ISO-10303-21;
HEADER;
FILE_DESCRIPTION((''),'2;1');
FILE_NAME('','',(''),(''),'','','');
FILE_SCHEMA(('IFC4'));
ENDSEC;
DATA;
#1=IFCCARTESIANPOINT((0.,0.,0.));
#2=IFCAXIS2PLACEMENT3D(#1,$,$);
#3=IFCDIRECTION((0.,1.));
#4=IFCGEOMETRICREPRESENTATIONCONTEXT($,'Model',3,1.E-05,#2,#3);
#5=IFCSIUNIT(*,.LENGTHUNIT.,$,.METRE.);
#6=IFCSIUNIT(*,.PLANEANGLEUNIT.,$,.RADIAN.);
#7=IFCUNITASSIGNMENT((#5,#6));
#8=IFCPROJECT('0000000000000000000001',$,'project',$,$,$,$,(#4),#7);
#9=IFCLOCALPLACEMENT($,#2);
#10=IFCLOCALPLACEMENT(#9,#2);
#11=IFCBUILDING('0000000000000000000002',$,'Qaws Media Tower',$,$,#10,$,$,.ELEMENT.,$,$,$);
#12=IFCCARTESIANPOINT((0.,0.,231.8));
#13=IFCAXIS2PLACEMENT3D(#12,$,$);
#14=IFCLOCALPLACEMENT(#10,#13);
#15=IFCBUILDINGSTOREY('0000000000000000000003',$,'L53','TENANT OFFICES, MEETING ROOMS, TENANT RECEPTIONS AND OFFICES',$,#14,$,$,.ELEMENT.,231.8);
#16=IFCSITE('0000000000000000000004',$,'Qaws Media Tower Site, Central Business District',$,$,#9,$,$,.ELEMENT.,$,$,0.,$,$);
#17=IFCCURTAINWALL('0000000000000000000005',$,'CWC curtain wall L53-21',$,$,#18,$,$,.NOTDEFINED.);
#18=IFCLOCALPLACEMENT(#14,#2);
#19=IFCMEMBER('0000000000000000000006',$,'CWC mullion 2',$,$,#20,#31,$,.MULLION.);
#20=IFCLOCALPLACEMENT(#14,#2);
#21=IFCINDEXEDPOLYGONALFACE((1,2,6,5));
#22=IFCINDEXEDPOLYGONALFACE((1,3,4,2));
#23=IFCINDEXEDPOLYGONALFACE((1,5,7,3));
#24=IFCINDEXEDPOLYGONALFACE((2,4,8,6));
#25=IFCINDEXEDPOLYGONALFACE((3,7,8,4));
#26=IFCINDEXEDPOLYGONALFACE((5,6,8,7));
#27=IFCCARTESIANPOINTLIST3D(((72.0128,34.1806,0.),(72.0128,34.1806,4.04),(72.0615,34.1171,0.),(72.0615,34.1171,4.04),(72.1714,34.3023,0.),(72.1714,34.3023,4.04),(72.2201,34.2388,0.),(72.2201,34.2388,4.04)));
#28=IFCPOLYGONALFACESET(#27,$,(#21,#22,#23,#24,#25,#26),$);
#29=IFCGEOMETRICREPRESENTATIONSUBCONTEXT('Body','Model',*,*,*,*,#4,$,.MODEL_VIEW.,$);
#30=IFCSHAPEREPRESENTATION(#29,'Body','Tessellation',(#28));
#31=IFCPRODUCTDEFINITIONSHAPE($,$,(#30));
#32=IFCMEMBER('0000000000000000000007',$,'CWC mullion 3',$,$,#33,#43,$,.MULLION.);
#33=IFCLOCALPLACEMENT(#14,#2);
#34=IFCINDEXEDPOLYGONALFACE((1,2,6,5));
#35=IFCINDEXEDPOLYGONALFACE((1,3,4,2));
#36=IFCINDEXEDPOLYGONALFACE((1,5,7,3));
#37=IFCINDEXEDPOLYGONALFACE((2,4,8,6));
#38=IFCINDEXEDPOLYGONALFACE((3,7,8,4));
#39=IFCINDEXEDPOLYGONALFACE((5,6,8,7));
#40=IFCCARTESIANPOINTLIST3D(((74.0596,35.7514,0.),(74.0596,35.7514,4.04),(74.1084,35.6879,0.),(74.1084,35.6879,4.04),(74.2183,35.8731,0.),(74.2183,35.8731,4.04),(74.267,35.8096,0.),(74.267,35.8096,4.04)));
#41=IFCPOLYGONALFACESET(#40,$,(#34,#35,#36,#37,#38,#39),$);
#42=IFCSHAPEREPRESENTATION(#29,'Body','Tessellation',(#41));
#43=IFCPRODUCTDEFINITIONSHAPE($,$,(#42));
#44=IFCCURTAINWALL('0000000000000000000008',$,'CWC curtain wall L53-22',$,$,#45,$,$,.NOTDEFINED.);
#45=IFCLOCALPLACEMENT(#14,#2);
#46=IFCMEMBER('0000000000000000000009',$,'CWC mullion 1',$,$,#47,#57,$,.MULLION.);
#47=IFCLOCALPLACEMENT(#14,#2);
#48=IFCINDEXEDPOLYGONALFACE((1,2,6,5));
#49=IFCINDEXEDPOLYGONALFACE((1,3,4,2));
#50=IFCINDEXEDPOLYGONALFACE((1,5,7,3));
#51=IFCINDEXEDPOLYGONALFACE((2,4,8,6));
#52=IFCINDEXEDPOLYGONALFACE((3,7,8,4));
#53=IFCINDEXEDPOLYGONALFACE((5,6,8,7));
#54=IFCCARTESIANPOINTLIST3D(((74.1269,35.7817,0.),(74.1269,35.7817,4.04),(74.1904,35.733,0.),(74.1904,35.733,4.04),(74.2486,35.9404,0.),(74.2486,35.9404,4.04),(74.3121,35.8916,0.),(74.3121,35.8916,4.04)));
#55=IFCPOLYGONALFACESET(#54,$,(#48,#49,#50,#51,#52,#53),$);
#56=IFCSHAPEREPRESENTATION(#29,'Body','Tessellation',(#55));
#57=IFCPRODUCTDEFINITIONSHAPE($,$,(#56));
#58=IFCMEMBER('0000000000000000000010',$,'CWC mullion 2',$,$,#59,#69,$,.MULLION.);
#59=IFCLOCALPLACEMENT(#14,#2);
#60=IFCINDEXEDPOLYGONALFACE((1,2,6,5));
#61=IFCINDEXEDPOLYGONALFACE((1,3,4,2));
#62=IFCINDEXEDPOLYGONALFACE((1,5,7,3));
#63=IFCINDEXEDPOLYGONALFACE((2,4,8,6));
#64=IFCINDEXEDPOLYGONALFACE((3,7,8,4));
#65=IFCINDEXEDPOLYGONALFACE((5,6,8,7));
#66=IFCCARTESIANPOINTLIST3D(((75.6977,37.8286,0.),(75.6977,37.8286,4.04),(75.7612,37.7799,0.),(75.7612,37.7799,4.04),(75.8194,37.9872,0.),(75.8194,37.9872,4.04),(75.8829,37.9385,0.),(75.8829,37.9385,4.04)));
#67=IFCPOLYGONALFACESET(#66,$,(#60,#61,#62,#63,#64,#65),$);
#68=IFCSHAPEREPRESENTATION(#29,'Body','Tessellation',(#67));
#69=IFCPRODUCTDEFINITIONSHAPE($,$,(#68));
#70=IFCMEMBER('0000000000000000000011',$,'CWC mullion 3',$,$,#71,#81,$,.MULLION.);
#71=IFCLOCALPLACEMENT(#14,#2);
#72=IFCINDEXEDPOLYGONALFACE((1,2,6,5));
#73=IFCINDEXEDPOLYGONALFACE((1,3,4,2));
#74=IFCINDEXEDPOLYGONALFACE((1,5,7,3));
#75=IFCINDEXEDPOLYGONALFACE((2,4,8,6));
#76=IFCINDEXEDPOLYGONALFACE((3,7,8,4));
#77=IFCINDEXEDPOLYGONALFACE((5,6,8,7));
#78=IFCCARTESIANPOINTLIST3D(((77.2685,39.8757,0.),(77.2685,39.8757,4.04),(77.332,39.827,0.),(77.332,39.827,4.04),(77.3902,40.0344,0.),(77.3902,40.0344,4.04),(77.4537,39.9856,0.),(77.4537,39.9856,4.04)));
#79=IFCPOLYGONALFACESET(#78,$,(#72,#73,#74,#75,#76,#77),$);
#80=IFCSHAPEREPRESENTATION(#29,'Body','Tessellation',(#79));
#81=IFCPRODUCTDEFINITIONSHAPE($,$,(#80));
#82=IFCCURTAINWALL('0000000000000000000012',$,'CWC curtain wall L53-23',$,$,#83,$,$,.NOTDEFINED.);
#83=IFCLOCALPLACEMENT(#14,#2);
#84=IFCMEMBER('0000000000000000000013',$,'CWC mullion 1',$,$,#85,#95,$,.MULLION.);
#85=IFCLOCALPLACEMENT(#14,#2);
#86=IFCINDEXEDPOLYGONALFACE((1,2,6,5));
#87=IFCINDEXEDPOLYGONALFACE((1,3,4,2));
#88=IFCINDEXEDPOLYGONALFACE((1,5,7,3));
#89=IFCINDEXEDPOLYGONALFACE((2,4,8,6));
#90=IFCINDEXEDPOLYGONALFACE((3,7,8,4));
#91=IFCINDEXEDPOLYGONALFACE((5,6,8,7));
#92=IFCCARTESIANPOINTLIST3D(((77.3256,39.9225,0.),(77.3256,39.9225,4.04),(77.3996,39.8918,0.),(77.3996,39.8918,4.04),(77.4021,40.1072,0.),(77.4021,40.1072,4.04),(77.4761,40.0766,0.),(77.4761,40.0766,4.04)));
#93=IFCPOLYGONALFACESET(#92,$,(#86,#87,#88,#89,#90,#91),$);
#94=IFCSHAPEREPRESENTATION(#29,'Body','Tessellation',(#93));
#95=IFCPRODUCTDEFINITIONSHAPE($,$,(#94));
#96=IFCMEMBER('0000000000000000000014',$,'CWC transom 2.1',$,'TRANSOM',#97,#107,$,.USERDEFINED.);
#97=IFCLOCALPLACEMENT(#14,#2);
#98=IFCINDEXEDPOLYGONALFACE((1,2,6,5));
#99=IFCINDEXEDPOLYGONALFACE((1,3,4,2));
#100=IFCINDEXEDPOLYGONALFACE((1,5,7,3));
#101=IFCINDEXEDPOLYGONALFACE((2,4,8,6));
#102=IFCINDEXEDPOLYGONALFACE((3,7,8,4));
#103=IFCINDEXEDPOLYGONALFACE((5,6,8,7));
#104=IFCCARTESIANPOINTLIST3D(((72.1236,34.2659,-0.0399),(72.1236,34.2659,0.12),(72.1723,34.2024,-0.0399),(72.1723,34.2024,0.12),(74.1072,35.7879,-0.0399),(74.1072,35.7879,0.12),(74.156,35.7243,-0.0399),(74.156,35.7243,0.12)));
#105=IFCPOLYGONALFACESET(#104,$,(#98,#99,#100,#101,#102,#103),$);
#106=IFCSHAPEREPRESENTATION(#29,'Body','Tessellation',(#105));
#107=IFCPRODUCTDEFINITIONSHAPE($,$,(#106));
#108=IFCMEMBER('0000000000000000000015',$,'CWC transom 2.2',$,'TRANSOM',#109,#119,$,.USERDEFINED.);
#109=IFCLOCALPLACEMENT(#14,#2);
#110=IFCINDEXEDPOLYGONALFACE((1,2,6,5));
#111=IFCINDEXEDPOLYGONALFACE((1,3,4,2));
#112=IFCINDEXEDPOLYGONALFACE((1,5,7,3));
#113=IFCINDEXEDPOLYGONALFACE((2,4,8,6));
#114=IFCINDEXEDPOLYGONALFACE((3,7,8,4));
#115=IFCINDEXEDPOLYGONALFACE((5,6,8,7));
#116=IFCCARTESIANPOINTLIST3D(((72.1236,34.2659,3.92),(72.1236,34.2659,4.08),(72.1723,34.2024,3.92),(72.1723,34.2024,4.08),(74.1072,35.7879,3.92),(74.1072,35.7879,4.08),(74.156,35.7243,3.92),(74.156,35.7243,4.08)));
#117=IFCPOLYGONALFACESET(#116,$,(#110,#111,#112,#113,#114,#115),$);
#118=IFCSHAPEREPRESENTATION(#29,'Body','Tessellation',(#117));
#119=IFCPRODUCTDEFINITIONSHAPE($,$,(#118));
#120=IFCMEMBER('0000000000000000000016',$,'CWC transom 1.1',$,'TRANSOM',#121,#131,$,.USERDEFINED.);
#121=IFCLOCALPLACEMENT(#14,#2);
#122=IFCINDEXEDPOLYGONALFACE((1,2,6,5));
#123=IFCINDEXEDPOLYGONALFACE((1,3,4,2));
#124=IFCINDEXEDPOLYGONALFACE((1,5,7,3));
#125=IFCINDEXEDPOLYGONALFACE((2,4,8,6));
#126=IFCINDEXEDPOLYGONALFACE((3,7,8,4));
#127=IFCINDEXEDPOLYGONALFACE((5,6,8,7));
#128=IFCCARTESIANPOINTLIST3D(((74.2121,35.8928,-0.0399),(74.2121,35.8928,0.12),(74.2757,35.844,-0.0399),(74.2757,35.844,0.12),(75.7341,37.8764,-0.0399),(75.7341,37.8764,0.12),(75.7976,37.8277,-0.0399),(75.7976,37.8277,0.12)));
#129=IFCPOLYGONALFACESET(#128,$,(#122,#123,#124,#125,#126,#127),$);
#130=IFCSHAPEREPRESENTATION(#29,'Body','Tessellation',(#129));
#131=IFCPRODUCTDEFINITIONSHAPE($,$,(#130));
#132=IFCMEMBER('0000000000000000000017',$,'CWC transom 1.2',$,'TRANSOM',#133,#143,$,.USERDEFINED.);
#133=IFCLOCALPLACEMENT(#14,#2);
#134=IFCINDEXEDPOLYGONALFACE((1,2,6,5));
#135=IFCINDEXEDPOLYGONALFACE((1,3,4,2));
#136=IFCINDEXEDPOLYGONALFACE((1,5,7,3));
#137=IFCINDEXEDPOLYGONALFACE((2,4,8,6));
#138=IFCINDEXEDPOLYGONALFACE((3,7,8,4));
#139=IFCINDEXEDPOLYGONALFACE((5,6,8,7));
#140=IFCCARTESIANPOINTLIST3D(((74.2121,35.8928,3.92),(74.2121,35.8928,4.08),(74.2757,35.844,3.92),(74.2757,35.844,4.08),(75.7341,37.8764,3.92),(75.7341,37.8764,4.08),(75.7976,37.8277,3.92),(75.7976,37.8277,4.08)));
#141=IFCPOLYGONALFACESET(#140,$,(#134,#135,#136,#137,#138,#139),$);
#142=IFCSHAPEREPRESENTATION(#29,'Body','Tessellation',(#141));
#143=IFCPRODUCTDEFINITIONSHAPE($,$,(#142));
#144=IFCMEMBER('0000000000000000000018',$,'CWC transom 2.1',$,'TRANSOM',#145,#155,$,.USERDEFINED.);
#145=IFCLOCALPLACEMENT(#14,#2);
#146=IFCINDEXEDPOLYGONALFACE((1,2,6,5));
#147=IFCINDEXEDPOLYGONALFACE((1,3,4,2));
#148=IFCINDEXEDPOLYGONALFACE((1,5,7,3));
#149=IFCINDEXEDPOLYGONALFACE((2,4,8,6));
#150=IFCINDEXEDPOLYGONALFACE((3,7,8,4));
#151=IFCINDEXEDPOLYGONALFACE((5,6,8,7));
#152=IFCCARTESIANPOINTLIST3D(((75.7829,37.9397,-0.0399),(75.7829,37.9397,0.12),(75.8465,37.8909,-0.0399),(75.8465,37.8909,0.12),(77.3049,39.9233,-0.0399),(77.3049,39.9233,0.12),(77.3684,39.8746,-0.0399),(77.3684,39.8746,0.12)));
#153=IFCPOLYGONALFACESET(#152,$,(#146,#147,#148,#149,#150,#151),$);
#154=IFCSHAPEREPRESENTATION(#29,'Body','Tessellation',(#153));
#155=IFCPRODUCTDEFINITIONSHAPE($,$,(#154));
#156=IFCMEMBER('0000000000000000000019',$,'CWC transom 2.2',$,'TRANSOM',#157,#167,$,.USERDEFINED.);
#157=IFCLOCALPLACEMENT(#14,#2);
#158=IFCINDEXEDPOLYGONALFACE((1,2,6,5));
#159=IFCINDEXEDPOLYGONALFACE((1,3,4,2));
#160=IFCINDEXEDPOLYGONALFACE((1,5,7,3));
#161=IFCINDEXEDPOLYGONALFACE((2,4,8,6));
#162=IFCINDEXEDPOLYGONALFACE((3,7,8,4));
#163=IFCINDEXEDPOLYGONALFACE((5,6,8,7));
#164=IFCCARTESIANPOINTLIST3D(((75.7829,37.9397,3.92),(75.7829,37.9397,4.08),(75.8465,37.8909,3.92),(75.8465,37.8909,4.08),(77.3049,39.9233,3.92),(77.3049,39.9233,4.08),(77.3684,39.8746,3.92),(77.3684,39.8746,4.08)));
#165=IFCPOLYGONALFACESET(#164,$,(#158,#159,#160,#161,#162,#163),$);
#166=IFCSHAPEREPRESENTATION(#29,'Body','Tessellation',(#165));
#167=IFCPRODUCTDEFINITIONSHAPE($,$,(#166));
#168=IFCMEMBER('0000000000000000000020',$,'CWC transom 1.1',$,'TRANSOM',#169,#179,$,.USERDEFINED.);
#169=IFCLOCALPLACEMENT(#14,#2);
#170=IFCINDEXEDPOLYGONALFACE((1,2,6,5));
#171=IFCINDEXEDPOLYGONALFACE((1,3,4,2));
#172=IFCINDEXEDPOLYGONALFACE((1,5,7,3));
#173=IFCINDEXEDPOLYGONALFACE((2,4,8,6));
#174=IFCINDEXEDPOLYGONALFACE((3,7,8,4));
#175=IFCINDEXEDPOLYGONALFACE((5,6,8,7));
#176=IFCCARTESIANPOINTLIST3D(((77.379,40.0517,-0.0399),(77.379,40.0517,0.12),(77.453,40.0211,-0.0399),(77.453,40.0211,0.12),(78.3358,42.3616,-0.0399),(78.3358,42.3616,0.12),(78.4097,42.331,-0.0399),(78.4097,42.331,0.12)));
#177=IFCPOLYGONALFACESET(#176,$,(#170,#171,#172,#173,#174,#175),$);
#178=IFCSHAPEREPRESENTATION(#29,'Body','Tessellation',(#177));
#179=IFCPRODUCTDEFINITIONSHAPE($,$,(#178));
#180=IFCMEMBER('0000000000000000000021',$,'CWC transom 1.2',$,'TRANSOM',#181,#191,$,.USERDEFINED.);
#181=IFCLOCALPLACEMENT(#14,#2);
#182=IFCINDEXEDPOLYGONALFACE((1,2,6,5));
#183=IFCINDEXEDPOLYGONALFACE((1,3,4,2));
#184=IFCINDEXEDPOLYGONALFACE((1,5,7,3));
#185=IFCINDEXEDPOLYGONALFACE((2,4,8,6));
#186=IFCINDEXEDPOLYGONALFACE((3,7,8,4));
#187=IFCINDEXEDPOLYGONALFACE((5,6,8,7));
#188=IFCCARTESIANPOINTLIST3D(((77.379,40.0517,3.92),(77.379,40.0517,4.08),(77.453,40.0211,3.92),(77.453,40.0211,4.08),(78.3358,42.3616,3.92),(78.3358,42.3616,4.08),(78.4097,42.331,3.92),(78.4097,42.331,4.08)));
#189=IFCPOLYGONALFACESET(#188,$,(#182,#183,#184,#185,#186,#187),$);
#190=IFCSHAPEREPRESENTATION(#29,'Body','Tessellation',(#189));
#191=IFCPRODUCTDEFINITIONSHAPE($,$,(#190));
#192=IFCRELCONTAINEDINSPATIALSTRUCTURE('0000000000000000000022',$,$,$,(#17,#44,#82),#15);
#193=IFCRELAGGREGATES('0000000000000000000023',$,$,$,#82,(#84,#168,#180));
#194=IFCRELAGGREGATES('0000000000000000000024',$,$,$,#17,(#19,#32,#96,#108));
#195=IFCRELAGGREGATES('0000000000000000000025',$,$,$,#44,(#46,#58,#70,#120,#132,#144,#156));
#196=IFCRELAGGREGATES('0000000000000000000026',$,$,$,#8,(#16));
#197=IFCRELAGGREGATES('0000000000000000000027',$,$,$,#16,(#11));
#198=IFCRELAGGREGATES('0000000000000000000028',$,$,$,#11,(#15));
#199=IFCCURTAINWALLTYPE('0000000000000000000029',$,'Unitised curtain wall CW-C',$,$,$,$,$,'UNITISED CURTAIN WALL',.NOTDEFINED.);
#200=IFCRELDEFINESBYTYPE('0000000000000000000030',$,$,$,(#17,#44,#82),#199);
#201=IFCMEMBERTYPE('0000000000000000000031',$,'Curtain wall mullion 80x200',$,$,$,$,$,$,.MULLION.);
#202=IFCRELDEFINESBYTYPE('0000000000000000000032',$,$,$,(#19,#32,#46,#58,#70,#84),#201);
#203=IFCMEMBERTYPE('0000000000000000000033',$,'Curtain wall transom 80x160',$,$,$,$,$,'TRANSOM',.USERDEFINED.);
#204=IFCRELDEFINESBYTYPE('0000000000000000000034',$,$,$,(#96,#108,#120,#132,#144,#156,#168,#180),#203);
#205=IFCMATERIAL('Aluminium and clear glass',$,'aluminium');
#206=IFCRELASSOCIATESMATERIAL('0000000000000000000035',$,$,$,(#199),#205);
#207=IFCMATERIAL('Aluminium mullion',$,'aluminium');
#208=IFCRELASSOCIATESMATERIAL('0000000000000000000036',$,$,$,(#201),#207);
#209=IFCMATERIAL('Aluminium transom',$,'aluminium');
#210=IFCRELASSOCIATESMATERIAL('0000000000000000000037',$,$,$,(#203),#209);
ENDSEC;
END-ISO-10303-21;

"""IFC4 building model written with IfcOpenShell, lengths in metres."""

from ifc_helpers import new_model, si_unit, direction, frame, origin, origin_2d, place, context, subcontext, project, spatial, rectangle, extrude, material, material_profile, profile_set, type_object, element, aggregate, save


model = new_model("IFC4")

# Units and contexts
model_context = context("Model", 3, precision=1e-05, world=origin(), true_north=direction((0.0, 1.0)))
body_context = subcontext(model_context, "Body", "Model", "MODEL_VIEW")
ifc_project = project(units=[si_unit("LENGTHUNIT", "METRE"), si_unit("PLANEANGLEUNIT", "RADIAN")], contexts=[model_context])

# Site, building, storey
site_placement = place(None, origin())
site = spatial("IfcSite", under=ifc_project, at=site_placement, Name="Qaws Media Tower Site, Central Business District", CompositionType="ELEMENT", RefElevation=0.0)
building_placement = place(site_placement, origin())
building = spatial("IfcBuilding", under=site, at=building_placement, Name="Qaws Media Tower", CompositionType="ELEMENT")
storey_placement = place(building_placement, frame((0.0, 0.0, 231.8)))
storey = spatial("IfcBuildingStorey", under=building, at=storey_placement, Name="L53", Description="TENANT OFFICES, MEETING ROOMS, TENANT RECEPTIONS AND OFFICES", CompositionType="ELEMENT", Elevation=231.8)

# Curtain walls, members
ifc_material_1 = material(Name="Aluminium and clear glass", Category="aluminium")
curtain_wall_type = type_object("IfcCurtainWallType", Name="Unitised curtain wall CW-C", ElementType="UNITISED CURTAIN WALL", PredefinedType="NOTDEFINED", material=ifc_material_1)
curtain_wall_1_placement = place(storey_placement, origin())
curtain_wall_1 = element("IfcCurtainWall", 1, at=curtain_wall_1_placement, inside=storey, type_object=curtain_wall_type, Name="CWC curtain wall L53-21", PredefinedType="NOTDEFINED")
ifc_material_2 = material(Name="Aluminium mullion", Category="aluminium")
ifc_material_profile_1 = material_profile(ifc_material_2, rectangle(XDim=0.0801, YDim=0.2, at=origin_2d()), Name="80x200")
ifc_profile_set_1 = profile_set([ifc_material_profile_1], Name="Aluminium mullion")
member_type_1 = type_object("IfcMemberType", Name="Curtain wall mullion 80x200", PredefinedType="MULLION", material=ifc_profile_set_1)
member_1_placement = place(storey_placement, frame((72.1165, 34.2097, 0.0), z_axis=(0.0, 0.0, 1.0), x_axis=(-0.608761, 0.793353, 0.0)))
member_1 = element("IfcMember", 2, at=member_1_placement, type_object=member_type_1, Name="CWC mullion 2", PredefinedType="MULLION", context=body_context, shape_type="SweptSolid", body=[
    extrude(rectangle(XDim=0.0801, YDim=0.2, at=origin_2d()), origin(), (0.0, 0.0, 1.0), 4.04),
])
member_2_placement = place(storey_placement, frame((74.1633, 35.7805, 0.0), z_axis=(0.0, 0.0, 1.0), x_axis=(-0.608761, 0.793353, 0.0)))
member_2 = element("IfcMember", 3, at=member_2_placement, type_object=member_type_1, Name="CWC mullion 3", PredefinedType="MULLION", context=body_context, shape_type="SweptSolid", body=[
    extrude(rectangle(XDim=0.0801, YDim=0.2, at=origin_2d()), origin(), (0.0, 0.0, 1.0), 4.04),
])
curtain_wall_2_placement = place(storey_placement, origin())
curtain_wall_2 = element("IfcCurtainWall", 4, at=curtain_wall_2_placement, inside=storey, type_object=curtain_wall_type, Name="CWC curtain wall L53-22", PredefinedType="NOTDEFINED")
member_3_placement = place(storey_placement, frame((74.2195, 35.8367, 0.0), z_axis=(0.0, 0.0, 1.0), x_axis=(-0.793353, 0.608761, 0.0)))
member_3 = element("IfcMember", 5, at=member_3_placement, type_object=member_type_1, Name="CWC mullion 1", PredefinedType="MULLION", context=body_context, shape_type="SweptSolid", body=[
    extrude(rectangle(XDim=0.0801, YDim=0.2, at=origin_2d()), origin(), (0.0, 0.0, 1.0), 4.04),
])
member_4_placement = place(storey_placement, frame((75.7903, 37.8835, 0.0), z_axis=(0.0, 0.0, 1.0), x_axis=(-0.793353, 0.608761, 0.0)))
member_4 = element("IfcMember", 6, at=member_4_placement, type_object=member_type_1, Name="CWC mullion 2", PredefinedType="MULLION", context=body_context, shape_type="SweptSolid", body=[
    extrude(rectangle(XDim=0.0801, YDim=0.2, at=origin_2d()), origin(), (0.0, 0.0, 1.0), 4.04),
])
member_5_placement = place(storey_placement, frame((77.3611, 39.9307, 0.0), z_axis=(0.0, 0.0, 1.0), x_axis=(-0.793353, 0.608761, 0.0)))
member_5 = element("IfcMember", 7, at=member_5_placement, type_object=member_type_1, Name="CWC mullion 3", PredefinedType="MULLION", context=body_context, shape_type="SweptSolid", body=[
    extrude(rectangle(XDim=0.0801, YDim=0.2, at=origin_2d()), origin(), (0.0, 0.0, 1.0), 4.04),
])

# Curtain wall, member
curtain_wall_3_placement = place(storey_placement, origin())
curtain_wall_3 = element("IfcCurtainWall", 8, at=curtain_wall_3_placement, inside=storey, type_object=curtain_wall_type, Name="CWC curtain wall L53-23", PredefinedType="NOTDEFINED")
member_6_placement = place(storey_placement, frame((77.4009, 39.9995, 0.0), z_axis=(0.0, 0.0, 1.0), x_axis=(-0.92388, 0.382683, 0.0)))
member_6 = element("IfcMember", 9, at=member_6_placement, type_object=member_type_1, Name="CWC mullion 1", PredefinedType="MULLION", context=body_context, shape_type="SweptSolid", body=[
    extrude(rectangle(XDim=0.0801, YDim=0.2, at=origin_2d()), origin(), (0.0, 0.0, 1.0), 4.04),
])

# Members
ifc_material_3 = material(Name="Aluminium transom", Category="aluminium")
ifc_material_profile_2 = material_profile(ifc_material_3, rectangle(XDim=0.0801, YDim=0.1599, at=origin_2d()), Name="80x160")
ifc_profile_set_2 = profile_set([ifc_material_profile_2], Name="Aluminium transom")
member_type_2 = type_object("IfcMemberType", Name="Curtain wall transom 80x160", ElementType="TRANSOM", PredefinedType="USERDEFINED", material=ifc_profile_set_2)
member_7_placement = place(storey_placement, frame((72.1479, 34.2341, 0.04), z_axis=(0.793378, 0.608729, 0.0), x_axis=(-0.608729, 0.793378, 0.0)))
member_7 = element("IfcMember", 10, at=member_7_placement, type_object=member_type_2, Name="CWC transom 2.1", ObjectType="TRANSOM", PredefinedType="USERDEFINED", context=body_context, shape_type="SweptSolid", body=[
    extrude(rectangle(XDim=0.0801, YDim=0.1599, at=origin_2d()), origin(), (0.0, 0.0, 1.0), 2.5002),
])
member_8_placement = place(storey_placement, frame((72.1479, 34.2341, 4.0), z_axis=(0.793378, 0.608729, 0.0), x_axis=(-0.608729, 0.793378, 0.0)))
member_8 = element("IfcMember", 11, at=member_8_placement, type_object=member_type_2, Name="CWC transom 2.2", ObjectType="TRANSOM", PredefinedType="USERDEFINED", context=body_context, shape_type="SweptSolid", body=[
    extrude(rectangle(XDim=0.0801, YDim=0.1599, at=origin_2d()), origin(), (0.0, 0.0, 1.0), 2.5002),
])
member_9_placement = place(storey_placement, frame((74.2439, 35.8684, 0.04), z_axis=(0.608729, 0.793378, 0.0), x_axis=(-0.793378, 0.608729, 0.0)))
member_9 = element("IfcMember", 12, at=member_9_placement, type_object=member_type_2, Name="CWC transom 1.1", ObjectType="TRANSOM", PredefinedType="USERDEFINED", context=body_context, shape_type="SweptSolid", body=[
    extrude(rectangle(XDim=0.0801, YDim=0.1599, at=origin_2d()), origin(), (0.0, 0.0, 1.0), 2.5002),
])
member_10_placement = place(storey_placement, frame((74.2439, 35.8684, 4.0), z_axis=(0.608729, 0.793378, 0.0), x_axis=(-0.793378, 0.608729, 0.0)))
member_10 = element("IfcMember", 13, at=member_10_placement, type_object=member_type_2, Name="CWC transom 1.2", ObjectType="TRANSOM", PredefinedType="USERDEFINED", context=body_context, shape_type="SweptSolid", body=[
    extrude(rectangle(XDim=0.0801, YDim=0.1599, at=origin_2d()), origin(), (0.0, 0.0, 1.0), 2.5002),
])
member_11_placement = place(storey_placement, frame((75.8147, 37.9153, 0.04), z_axis=(0.608729, 0.793378, 0.0), x_axis=(-0.793378, 0.608729, 0.0)))
member_11 = element("IfcMember", 14, at=member_11_placement, type_object=member_type_2, Name="CWC transom 2.1", ObjectType="TRANSOM", PredefinedType="USERDEFINED", context=body_context, shape_type="SweptSolid", body=[
    extrude(rectangle(XDim=0.0801, YDim=0.1599, at=origin_2d()), origin(), (0.0, 0.0, 1.0), 2.5002),
])
member_12_placement = place(storey_placement, frame((75.8147, 37.9153, 4.0), z_axis=(0.608729, 0.793378, 0.0), x_axis=(-0.793378, 0.608729, 0.0)))
member_12 = element("IfcMember", 15, at=member_12_placement, type_object=member_type_2, Name="CWC transom 2.2", ObjectType="TRANSOM", PredefinedType="USERDEFINED", context=body_context, shape_type="SweptSolid", body=[
    extrude(rectangle(XDim=0.0801, YDim=0.1599, at=origin_2d()), origin(), (0.0, 0.0, 1.0), 2.5002),
])
member_13_placement = place(storey_placement, frame((77.416, 40.0364, 0.04), z_axis=(0.382659, 0.923889, 0.0), x_axis=(-0.923889, 0.382659, 0.0)))
member_13 = element("IfcMember", 16, at=member_13_placement, type_object=member_type_2, Name="CWC transom 1.1", ObjectType="TRANSOM", PredefinedType="USERDEFINED", context=body_context, shape_type="SweptSolid", body=[
    extrude(rectangle(XDim=0.0801, YDim=0.1599, at=origin_2d()), origin(), (0.0, 0.0, 1.0), 2.5002),
])
member_14_placement = place(storey_placement, frame((77.416, 40.0364, 4.0), z_axis=(0.382659, 0.923889, 0.0), x_axis=(-0.923889, 0.382659, 0.0)))
member_14 = element("IfcMember", 17, at=member_14_placement, type_object=member_type_2, Name="CWC transom 1.2", ObjectType="TRANSOM", PredefinedType="USERDEFINED", context=body_context, shape_type="SweptSolid", body=[
    extrude(rectangle(XDim=0.0801, YDim=0.1599, at=origin_2d()), origin(), (0.0, 0.0, 1.0), 2.5002),
])
aggregate(curtain_wall_3, [member_6, member_13, member_14])

aggregate(curtain_wall_1, [member_1, member_2, member_7, member_8])
aggregate(curtain_wall_2, [member_3, member_4, member_5, member_9, member_10, member_11, member_12])

save(model, "model.ifc")
